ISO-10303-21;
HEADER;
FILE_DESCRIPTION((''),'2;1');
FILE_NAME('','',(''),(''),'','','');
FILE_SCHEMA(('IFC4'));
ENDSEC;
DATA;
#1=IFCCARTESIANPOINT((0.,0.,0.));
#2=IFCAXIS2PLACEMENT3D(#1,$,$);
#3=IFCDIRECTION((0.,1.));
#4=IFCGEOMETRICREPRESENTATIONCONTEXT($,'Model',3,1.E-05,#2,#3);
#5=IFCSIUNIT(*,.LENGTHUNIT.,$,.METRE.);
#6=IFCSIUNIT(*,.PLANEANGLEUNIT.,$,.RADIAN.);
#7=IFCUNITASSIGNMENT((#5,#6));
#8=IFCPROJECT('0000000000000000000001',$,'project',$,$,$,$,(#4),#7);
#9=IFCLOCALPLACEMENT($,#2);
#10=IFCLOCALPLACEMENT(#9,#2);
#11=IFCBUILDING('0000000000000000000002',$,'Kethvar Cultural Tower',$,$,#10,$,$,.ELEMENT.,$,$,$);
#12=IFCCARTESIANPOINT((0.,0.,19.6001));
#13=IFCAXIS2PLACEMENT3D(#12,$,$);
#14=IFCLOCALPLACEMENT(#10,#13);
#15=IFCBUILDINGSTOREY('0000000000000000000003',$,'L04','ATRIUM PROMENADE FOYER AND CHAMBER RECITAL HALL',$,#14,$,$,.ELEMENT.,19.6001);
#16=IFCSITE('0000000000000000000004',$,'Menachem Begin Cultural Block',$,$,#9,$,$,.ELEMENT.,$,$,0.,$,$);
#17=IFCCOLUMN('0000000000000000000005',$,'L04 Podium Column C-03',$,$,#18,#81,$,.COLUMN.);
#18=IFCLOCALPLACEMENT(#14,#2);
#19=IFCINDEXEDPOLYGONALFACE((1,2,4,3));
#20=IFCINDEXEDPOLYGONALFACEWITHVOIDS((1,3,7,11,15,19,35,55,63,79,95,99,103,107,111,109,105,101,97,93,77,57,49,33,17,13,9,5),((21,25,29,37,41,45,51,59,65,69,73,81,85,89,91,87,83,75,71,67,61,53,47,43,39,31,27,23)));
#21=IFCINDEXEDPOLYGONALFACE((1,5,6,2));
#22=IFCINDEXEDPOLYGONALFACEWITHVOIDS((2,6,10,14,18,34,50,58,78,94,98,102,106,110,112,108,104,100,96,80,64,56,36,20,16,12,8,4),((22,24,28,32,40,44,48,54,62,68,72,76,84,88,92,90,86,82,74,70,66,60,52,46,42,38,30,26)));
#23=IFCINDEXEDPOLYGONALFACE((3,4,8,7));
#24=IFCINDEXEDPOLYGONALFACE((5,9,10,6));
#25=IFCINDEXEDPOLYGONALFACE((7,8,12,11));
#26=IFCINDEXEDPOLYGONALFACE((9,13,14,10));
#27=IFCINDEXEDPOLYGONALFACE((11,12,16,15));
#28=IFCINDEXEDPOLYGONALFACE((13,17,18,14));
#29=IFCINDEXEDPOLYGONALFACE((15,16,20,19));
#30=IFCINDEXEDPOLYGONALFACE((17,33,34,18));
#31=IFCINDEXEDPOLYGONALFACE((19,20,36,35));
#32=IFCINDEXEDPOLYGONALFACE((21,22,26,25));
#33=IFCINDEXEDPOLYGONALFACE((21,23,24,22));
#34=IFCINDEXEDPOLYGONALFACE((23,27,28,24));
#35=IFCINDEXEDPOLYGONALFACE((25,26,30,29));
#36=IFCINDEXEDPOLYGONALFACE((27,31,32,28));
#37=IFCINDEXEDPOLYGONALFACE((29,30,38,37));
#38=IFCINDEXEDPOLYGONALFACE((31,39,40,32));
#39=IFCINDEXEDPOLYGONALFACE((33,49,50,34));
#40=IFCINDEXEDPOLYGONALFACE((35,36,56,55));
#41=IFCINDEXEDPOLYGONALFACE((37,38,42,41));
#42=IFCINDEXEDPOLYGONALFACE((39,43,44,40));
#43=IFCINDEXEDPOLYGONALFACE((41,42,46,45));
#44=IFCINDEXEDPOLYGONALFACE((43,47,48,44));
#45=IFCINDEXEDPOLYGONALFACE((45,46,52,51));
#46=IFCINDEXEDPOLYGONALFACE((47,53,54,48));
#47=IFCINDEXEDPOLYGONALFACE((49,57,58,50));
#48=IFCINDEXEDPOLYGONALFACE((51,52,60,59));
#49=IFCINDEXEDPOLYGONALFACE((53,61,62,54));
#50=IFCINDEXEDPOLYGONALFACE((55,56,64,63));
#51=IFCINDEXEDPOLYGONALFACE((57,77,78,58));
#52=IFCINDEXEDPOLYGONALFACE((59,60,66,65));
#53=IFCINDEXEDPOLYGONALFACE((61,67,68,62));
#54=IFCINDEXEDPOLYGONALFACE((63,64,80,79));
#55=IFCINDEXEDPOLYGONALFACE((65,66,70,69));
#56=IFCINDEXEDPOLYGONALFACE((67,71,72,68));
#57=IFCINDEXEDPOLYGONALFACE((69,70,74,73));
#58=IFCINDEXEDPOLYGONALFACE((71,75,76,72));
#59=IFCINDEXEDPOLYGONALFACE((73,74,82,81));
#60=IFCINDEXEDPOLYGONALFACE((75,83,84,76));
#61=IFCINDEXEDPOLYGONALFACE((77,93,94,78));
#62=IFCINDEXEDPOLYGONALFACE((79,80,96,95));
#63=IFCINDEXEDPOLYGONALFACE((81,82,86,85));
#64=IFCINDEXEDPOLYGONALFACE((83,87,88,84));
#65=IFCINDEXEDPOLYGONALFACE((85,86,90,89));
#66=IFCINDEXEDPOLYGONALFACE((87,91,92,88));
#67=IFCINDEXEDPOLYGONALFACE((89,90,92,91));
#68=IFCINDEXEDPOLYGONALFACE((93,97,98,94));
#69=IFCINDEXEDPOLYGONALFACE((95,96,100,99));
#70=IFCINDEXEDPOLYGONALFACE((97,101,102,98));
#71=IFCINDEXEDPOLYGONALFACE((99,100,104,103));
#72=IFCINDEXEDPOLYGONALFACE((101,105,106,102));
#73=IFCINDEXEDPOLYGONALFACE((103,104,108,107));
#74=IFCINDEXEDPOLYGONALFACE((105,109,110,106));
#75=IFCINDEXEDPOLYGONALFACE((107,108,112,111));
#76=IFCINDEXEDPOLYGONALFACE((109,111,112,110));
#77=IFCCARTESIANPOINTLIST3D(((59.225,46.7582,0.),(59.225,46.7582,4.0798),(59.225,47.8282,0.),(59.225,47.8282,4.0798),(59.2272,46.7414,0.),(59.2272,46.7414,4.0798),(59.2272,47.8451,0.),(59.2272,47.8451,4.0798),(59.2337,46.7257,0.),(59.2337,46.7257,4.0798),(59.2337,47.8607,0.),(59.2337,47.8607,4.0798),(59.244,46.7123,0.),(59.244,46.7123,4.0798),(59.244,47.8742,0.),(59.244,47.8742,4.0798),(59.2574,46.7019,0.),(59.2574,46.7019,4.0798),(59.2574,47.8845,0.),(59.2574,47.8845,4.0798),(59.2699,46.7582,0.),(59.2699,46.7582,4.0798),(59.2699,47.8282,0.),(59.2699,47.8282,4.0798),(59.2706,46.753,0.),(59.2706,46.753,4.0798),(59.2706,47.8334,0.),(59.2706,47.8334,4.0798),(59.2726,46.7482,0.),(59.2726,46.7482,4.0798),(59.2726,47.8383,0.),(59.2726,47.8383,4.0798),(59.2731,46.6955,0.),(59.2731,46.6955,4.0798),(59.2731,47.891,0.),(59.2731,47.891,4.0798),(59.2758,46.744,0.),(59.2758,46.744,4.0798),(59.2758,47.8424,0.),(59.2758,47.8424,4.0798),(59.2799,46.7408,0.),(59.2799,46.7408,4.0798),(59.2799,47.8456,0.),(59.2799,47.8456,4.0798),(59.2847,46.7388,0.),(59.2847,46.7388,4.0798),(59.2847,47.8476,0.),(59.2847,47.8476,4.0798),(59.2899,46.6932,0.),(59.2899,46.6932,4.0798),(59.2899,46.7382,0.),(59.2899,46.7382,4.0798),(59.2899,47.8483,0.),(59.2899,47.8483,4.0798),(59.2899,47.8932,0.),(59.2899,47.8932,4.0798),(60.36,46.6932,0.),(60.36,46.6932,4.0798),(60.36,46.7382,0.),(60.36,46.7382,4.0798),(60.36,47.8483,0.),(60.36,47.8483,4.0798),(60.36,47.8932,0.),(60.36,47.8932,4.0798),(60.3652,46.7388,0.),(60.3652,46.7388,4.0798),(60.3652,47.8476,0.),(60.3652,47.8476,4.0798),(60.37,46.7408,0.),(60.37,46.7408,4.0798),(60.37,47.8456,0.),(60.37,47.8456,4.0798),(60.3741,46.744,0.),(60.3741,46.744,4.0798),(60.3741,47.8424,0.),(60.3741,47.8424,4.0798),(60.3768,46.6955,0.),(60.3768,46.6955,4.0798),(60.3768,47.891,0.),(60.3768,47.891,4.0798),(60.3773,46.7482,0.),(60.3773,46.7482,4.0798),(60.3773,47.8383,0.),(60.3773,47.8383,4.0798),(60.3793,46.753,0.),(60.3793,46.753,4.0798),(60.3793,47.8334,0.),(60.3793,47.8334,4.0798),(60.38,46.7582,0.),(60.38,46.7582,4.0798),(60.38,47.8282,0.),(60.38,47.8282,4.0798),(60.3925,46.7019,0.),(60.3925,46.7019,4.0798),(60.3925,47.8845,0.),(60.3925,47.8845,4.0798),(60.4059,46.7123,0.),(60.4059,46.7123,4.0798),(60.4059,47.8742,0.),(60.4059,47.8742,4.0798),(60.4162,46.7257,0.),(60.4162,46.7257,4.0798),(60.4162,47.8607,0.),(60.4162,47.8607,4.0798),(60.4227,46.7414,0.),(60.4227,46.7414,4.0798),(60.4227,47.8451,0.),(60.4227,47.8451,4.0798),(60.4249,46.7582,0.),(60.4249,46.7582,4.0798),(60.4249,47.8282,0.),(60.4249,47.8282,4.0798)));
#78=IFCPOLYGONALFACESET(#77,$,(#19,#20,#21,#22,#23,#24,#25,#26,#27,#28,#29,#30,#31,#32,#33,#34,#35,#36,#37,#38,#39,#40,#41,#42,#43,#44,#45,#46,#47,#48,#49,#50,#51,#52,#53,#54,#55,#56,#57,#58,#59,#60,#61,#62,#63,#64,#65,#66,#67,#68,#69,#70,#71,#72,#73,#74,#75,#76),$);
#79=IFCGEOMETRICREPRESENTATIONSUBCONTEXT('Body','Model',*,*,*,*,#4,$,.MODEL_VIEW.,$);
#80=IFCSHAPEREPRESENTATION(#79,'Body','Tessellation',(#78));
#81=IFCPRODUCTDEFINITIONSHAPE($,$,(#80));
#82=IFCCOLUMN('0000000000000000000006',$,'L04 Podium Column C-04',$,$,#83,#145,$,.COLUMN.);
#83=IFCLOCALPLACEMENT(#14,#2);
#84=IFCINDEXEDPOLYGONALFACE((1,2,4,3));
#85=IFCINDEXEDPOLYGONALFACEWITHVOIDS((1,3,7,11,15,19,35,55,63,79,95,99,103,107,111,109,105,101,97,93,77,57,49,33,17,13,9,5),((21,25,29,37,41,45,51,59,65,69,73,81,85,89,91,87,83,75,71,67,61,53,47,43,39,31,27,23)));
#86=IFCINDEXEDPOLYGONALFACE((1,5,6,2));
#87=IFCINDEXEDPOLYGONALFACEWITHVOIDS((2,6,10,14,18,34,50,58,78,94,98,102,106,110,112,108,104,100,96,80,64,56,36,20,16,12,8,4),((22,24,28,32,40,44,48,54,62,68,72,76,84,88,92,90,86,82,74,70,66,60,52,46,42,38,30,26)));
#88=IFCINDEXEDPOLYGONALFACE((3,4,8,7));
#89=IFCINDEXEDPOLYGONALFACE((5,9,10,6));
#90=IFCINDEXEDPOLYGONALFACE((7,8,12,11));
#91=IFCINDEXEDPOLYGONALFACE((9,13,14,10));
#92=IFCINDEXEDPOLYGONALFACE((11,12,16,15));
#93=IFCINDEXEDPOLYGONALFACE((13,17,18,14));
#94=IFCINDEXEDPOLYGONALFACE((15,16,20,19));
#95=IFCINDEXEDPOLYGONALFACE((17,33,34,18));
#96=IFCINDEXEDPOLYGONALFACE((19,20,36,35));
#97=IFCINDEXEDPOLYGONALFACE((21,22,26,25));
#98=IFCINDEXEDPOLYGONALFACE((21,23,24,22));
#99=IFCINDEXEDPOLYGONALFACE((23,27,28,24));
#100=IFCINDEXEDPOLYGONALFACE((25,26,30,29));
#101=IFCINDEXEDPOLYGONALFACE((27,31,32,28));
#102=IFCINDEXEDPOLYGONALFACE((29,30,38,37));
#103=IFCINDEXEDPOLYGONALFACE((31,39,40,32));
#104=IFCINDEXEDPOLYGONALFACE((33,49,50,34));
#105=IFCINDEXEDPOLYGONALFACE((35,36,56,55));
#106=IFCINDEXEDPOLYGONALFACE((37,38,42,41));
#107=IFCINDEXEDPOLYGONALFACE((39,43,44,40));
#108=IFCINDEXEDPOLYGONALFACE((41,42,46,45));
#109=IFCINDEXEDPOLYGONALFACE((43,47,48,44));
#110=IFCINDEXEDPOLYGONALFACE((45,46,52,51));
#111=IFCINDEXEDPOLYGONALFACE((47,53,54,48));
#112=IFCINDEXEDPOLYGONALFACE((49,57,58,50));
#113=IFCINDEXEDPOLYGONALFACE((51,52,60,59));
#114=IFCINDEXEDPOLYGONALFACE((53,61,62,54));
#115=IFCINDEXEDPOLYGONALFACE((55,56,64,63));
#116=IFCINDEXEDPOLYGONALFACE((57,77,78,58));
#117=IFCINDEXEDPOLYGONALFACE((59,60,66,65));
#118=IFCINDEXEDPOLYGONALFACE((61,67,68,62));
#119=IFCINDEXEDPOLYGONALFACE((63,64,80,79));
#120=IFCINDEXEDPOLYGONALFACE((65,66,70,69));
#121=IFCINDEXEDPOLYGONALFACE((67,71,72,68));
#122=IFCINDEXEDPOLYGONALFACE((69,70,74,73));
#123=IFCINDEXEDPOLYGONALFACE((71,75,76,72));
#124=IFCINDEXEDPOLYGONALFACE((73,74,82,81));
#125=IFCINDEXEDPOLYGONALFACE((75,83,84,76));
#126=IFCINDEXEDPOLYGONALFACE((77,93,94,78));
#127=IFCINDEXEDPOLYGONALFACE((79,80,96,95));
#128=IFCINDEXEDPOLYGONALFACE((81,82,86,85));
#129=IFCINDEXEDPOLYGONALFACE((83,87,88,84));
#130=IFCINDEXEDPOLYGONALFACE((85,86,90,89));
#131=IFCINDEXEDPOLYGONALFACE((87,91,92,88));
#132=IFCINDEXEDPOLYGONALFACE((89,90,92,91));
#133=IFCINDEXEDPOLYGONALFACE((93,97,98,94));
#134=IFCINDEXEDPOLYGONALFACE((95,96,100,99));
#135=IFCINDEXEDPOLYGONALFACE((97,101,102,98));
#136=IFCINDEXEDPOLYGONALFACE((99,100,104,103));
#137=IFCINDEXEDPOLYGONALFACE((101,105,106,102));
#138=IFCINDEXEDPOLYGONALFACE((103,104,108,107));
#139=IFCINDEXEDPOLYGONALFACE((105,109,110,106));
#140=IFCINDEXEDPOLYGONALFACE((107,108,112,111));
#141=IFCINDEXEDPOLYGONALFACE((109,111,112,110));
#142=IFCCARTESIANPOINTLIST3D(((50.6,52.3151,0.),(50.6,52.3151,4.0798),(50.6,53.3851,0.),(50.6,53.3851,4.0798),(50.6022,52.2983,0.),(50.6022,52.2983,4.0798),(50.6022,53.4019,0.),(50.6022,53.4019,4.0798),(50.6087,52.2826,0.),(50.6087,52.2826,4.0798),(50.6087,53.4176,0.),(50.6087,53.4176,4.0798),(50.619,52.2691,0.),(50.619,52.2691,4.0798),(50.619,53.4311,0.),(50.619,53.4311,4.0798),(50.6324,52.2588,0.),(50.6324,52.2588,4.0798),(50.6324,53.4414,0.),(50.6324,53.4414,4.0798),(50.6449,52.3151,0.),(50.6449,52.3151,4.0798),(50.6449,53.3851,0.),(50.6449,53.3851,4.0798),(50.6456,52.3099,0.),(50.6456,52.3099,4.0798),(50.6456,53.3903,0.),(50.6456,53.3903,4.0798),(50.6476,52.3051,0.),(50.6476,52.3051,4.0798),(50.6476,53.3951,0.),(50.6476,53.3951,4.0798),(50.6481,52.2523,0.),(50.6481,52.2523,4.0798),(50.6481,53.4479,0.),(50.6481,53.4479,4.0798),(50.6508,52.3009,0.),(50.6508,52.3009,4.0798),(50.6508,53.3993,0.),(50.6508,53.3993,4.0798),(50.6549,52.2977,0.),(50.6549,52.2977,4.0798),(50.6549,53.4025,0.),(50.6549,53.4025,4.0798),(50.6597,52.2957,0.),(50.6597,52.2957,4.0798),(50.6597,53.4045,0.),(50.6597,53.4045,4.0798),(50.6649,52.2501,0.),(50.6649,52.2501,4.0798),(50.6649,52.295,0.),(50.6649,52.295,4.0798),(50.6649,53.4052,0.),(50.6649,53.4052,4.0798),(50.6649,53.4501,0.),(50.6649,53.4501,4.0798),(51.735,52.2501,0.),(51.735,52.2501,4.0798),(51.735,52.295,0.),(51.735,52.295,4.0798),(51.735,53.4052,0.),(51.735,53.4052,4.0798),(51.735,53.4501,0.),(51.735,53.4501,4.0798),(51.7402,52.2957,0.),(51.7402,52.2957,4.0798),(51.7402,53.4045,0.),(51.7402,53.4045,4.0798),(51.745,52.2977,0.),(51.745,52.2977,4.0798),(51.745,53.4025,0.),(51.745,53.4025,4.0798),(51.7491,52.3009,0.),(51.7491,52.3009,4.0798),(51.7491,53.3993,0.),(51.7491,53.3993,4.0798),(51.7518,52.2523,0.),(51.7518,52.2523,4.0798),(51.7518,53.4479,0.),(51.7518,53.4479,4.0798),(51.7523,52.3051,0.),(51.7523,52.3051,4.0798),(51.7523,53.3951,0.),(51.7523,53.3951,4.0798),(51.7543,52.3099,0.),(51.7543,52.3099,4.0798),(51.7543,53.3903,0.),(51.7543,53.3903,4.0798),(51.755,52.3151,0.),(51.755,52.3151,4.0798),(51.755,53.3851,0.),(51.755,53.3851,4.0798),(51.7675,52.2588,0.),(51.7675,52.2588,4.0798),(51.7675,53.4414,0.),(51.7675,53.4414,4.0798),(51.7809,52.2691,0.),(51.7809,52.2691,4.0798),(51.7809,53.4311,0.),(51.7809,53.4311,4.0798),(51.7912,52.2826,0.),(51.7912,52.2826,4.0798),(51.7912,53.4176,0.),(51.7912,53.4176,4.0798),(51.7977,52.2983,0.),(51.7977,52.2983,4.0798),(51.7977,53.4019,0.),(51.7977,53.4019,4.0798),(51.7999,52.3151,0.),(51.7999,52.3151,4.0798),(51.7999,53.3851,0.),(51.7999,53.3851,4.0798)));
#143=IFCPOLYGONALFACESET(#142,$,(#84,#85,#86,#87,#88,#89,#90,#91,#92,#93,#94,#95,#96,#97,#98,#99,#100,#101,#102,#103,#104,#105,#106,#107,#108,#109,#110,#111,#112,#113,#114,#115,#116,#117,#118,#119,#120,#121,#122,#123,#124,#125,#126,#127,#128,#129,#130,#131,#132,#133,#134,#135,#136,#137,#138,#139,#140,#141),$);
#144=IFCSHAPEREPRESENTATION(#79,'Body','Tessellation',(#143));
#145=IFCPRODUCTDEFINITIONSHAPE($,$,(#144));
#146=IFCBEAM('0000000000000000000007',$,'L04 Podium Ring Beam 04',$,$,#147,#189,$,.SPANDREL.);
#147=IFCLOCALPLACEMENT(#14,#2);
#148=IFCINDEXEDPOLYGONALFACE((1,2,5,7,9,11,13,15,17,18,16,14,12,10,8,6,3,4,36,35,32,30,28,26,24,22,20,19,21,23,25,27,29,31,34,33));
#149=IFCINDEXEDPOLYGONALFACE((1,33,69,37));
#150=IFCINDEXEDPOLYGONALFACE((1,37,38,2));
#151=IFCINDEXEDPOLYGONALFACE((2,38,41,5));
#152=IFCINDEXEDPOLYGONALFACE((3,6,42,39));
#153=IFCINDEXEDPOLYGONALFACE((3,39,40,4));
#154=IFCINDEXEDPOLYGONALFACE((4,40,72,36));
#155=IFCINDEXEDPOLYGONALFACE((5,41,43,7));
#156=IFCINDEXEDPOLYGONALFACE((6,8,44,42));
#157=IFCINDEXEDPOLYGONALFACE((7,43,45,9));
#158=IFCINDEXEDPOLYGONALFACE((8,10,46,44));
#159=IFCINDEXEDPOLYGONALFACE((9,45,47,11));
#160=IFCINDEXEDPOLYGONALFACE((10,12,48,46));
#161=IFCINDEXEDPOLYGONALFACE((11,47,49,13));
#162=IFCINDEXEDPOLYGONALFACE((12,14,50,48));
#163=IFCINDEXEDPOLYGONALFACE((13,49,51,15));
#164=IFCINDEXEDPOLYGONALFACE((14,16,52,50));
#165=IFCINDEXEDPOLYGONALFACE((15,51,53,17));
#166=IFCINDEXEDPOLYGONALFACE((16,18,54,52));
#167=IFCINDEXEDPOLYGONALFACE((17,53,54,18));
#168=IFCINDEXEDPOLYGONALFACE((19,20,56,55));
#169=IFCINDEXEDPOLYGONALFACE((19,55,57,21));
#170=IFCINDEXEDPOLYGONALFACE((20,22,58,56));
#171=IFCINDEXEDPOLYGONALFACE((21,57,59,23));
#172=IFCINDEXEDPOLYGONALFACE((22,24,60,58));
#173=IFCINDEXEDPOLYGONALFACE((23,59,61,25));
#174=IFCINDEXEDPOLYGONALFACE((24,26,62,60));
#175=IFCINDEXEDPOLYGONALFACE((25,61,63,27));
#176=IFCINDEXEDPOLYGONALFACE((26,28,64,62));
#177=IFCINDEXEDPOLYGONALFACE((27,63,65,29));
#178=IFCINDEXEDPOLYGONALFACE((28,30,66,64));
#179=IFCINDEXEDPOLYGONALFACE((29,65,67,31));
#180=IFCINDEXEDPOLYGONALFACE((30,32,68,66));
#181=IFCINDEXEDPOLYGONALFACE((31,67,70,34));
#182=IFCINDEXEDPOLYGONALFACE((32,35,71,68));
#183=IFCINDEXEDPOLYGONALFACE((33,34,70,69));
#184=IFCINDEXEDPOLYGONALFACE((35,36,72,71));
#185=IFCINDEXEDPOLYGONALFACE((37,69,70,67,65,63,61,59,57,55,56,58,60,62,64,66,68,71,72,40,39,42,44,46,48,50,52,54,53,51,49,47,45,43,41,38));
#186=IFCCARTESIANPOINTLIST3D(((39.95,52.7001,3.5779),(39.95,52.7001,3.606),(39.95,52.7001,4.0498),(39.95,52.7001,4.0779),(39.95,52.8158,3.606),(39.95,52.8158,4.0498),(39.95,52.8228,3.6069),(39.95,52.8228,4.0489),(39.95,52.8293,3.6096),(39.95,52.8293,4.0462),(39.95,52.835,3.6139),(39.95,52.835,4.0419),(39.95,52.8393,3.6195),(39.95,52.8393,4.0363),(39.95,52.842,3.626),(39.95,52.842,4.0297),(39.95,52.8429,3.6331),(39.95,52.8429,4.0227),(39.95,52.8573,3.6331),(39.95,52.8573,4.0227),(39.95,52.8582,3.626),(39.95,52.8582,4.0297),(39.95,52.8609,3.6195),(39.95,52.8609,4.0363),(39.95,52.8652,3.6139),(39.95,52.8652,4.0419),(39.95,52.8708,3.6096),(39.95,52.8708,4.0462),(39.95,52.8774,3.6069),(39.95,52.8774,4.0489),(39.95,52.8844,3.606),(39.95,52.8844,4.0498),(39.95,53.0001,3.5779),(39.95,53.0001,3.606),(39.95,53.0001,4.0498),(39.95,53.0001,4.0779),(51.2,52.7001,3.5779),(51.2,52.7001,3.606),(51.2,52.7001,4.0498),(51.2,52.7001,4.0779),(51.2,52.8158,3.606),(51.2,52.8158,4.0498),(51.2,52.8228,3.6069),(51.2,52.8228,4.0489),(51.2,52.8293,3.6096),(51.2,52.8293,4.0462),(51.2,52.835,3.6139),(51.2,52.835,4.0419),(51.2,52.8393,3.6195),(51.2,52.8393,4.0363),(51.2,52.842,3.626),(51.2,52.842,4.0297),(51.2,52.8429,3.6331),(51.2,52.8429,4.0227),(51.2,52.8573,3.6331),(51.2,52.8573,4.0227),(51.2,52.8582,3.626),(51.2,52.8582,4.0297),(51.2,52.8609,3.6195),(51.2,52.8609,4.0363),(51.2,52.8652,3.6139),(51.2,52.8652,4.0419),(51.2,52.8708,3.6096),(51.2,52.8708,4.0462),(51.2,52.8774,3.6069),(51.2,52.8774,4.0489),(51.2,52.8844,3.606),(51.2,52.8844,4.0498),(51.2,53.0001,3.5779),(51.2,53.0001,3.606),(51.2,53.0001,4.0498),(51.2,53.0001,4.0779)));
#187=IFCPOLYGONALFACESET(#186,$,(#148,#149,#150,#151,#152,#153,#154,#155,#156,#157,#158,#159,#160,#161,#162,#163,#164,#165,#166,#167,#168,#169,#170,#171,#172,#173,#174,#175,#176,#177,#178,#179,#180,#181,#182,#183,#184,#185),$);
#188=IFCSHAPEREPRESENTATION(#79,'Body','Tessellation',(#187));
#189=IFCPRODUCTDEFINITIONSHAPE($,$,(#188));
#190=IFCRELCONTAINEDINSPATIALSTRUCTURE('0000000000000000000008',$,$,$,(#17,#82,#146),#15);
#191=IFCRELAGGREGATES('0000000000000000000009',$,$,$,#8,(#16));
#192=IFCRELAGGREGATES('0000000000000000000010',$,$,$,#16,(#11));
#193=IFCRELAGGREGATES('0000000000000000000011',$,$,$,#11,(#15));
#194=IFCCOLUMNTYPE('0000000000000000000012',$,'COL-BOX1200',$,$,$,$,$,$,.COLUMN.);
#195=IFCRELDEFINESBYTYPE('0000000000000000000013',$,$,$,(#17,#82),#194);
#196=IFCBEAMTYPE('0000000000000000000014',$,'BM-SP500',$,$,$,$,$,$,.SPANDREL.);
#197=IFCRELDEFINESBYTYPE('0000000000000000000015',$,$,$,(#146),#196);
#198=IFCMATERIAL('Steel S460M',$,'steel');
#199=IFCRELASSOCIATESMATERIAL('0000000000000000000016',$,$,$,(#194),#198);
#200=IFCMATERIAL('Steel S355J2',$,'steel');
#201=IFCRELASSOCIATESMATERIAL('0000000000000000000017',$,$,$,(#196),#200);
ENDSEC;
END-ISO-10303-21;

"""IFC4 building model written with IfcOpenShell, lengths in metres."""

from ifc_helpers import new_model, si_unit, direction, frame, origin, origin_2d, place, context, subcontext, project, spatial, hollow_rectangle, i_section, extrude, source, transform, mapped, material, material_profile, profile_set, type_object, element, save


model = new_model("IFC4")

# Units and contexts
model_context = context("Model", 3, precision=1e-05, world=origin(), true_north=direction((0.0, 1.0)))
body_context = subcontext(model_context, "Body", "Model", "MODEL_VIEW")
ifc_project = project(units=[si_unit("LENGTHUNIT", "METRE"), si_unit("PLANEANGLEUNIT", "RADIAN")], contexts=[model_context])

# Site, building, storey
site_placement = place(None, origin())
site = spatial("IfcSite", under=ifc_project, at=site_placement, Name="Menachem Begin Cultural Block", CompositionType="ELEMENT", RefElevation=0.0)
building_placement = place(site_placement, origin())
building = spatial("IfcBuilding", under=site, at=building_placement, Name="Kethvar Cultural Tower", CompositionType="ELEMENT")
storey_placement = place(building_placement, frame((0.0, 0.0, 19.6001)))
storey = spatial("IfcBuildingStorey", under=building, at=storey_placement, Name="L04", Description="ATRIUM PROMENADE FOYER AND CHAMBER RECITAL HALL", CompositionType="ELEMENT", Elevation=19.6001)

# Columns
ifc_material_1 = material(Name="Steel S460M", Category="steel")
ifc_material_profile_1 = material_profile(ifc_material_1, hollow_rectangle(XDim=1.2, YDim=1.2, WallThickness=0.0449, InnerFilletRadius=0.02, OuterFilletRadius=0.0649, at=origin_2d()), Name="Steel S460M — BOX1200x1200x45")
ifc_profile_set_1 = profile_set([ifc_material_profile_1], Name="Steel S460M — BOX1200x1200x45")
column_type = type_object("IfcColumnType", Name="COL-BOX1200", PredefinedType="COLUMN", material=ifc_profile_set_1)
shared_shape_1 = source(origin(), body_context, "Body", "SweptSolid", [
    extrude(hollow_rectangle(XDim=1.2, YDim=1.2, WallThickness=0.0449, InnerFilletRadius=0.02, OuterFilletRadius=0.0649, at=origin_2d()), origin(), (0.0, 0.0, 1.0), 4.0798),
])
for number, where, z_axis, x_axis, name in (
    (1, (59.825, 47.2932, 0.0), (0.0, 0.0, 1.0), (1.0, 0.0, 0.0), "L04 Podium Column C-03"),
    (2, (51.2, 52.8501, 0.0), (0.0, 0.0, 1.0), (1.0, 0.0, 0.0), "L04 Podium Column C-04"),
):
    element("IfcColumn", number, at=place(storey_placement, frame(where, z_axis=z_axis, x_axis=x_axis)), inside=storey, type_object=column_type, Name=name, PredefinedType="COLUMN", context=body_context, shape_type="MappedRepresentation", body=[
        mapped(shared_shape_1, transform((0.0, 0.0, 0.0), scale=1.0)),
    ])

# Beam
ifc_material_2 = material(Name="Steel S355J2", Category="steel")
ifc_material_profile_2 = material_profile(ifc_material_2, i_section(OverallWidth=0.3, OverallDepth=0.5, WebThickness=0.0144, FlangeThickness=0.0281, FilletRadius=0.0271, at=origin_2d()), Name="Steel S355J2 — HEB500")
ifc_profile_set_2 = profile_set([ifc_material_profile_2], Name="Steel S355J2 — HEB500")
beam_type_1 = type_object("IfcBeamType", Name="BM-SP500", PredefinedType="SPANDREL", material=ifc_profile_set_2)
shared_shape_2 = source(origin(), body_context, "Body", "SweptSolid", [
    extrude(i_section(OverallWidth=0.3, OverallDepth=0.5, WebThickness=0.0144, FlangeThickness=0.0281, FilletRadius=0.0271, at=origin_2d()), origin(), (0.0, 0.0, 1.0), 11.25),
])
beam_1_placement = place(storey_placement, frame((51.2, 52.8501, 3.8279), z_axis=(-1.0, 0.0, 0.0), x_axis=(0.0, -1.0, 0.0)))
element("IfcBeam", 3, at=beam_1_placement, inside=storey, type_object=beam_type_1, Name="L04 Podium Ring Beam 04", PredefinedType="SPANDREL", context=body_context, shape_type="MappedRepresentation", body=[
    mapped(shared_shape_2, transform((0.0, 0.0, 0.0), scale=1.0)),
])

save(model, "model.ifc")
